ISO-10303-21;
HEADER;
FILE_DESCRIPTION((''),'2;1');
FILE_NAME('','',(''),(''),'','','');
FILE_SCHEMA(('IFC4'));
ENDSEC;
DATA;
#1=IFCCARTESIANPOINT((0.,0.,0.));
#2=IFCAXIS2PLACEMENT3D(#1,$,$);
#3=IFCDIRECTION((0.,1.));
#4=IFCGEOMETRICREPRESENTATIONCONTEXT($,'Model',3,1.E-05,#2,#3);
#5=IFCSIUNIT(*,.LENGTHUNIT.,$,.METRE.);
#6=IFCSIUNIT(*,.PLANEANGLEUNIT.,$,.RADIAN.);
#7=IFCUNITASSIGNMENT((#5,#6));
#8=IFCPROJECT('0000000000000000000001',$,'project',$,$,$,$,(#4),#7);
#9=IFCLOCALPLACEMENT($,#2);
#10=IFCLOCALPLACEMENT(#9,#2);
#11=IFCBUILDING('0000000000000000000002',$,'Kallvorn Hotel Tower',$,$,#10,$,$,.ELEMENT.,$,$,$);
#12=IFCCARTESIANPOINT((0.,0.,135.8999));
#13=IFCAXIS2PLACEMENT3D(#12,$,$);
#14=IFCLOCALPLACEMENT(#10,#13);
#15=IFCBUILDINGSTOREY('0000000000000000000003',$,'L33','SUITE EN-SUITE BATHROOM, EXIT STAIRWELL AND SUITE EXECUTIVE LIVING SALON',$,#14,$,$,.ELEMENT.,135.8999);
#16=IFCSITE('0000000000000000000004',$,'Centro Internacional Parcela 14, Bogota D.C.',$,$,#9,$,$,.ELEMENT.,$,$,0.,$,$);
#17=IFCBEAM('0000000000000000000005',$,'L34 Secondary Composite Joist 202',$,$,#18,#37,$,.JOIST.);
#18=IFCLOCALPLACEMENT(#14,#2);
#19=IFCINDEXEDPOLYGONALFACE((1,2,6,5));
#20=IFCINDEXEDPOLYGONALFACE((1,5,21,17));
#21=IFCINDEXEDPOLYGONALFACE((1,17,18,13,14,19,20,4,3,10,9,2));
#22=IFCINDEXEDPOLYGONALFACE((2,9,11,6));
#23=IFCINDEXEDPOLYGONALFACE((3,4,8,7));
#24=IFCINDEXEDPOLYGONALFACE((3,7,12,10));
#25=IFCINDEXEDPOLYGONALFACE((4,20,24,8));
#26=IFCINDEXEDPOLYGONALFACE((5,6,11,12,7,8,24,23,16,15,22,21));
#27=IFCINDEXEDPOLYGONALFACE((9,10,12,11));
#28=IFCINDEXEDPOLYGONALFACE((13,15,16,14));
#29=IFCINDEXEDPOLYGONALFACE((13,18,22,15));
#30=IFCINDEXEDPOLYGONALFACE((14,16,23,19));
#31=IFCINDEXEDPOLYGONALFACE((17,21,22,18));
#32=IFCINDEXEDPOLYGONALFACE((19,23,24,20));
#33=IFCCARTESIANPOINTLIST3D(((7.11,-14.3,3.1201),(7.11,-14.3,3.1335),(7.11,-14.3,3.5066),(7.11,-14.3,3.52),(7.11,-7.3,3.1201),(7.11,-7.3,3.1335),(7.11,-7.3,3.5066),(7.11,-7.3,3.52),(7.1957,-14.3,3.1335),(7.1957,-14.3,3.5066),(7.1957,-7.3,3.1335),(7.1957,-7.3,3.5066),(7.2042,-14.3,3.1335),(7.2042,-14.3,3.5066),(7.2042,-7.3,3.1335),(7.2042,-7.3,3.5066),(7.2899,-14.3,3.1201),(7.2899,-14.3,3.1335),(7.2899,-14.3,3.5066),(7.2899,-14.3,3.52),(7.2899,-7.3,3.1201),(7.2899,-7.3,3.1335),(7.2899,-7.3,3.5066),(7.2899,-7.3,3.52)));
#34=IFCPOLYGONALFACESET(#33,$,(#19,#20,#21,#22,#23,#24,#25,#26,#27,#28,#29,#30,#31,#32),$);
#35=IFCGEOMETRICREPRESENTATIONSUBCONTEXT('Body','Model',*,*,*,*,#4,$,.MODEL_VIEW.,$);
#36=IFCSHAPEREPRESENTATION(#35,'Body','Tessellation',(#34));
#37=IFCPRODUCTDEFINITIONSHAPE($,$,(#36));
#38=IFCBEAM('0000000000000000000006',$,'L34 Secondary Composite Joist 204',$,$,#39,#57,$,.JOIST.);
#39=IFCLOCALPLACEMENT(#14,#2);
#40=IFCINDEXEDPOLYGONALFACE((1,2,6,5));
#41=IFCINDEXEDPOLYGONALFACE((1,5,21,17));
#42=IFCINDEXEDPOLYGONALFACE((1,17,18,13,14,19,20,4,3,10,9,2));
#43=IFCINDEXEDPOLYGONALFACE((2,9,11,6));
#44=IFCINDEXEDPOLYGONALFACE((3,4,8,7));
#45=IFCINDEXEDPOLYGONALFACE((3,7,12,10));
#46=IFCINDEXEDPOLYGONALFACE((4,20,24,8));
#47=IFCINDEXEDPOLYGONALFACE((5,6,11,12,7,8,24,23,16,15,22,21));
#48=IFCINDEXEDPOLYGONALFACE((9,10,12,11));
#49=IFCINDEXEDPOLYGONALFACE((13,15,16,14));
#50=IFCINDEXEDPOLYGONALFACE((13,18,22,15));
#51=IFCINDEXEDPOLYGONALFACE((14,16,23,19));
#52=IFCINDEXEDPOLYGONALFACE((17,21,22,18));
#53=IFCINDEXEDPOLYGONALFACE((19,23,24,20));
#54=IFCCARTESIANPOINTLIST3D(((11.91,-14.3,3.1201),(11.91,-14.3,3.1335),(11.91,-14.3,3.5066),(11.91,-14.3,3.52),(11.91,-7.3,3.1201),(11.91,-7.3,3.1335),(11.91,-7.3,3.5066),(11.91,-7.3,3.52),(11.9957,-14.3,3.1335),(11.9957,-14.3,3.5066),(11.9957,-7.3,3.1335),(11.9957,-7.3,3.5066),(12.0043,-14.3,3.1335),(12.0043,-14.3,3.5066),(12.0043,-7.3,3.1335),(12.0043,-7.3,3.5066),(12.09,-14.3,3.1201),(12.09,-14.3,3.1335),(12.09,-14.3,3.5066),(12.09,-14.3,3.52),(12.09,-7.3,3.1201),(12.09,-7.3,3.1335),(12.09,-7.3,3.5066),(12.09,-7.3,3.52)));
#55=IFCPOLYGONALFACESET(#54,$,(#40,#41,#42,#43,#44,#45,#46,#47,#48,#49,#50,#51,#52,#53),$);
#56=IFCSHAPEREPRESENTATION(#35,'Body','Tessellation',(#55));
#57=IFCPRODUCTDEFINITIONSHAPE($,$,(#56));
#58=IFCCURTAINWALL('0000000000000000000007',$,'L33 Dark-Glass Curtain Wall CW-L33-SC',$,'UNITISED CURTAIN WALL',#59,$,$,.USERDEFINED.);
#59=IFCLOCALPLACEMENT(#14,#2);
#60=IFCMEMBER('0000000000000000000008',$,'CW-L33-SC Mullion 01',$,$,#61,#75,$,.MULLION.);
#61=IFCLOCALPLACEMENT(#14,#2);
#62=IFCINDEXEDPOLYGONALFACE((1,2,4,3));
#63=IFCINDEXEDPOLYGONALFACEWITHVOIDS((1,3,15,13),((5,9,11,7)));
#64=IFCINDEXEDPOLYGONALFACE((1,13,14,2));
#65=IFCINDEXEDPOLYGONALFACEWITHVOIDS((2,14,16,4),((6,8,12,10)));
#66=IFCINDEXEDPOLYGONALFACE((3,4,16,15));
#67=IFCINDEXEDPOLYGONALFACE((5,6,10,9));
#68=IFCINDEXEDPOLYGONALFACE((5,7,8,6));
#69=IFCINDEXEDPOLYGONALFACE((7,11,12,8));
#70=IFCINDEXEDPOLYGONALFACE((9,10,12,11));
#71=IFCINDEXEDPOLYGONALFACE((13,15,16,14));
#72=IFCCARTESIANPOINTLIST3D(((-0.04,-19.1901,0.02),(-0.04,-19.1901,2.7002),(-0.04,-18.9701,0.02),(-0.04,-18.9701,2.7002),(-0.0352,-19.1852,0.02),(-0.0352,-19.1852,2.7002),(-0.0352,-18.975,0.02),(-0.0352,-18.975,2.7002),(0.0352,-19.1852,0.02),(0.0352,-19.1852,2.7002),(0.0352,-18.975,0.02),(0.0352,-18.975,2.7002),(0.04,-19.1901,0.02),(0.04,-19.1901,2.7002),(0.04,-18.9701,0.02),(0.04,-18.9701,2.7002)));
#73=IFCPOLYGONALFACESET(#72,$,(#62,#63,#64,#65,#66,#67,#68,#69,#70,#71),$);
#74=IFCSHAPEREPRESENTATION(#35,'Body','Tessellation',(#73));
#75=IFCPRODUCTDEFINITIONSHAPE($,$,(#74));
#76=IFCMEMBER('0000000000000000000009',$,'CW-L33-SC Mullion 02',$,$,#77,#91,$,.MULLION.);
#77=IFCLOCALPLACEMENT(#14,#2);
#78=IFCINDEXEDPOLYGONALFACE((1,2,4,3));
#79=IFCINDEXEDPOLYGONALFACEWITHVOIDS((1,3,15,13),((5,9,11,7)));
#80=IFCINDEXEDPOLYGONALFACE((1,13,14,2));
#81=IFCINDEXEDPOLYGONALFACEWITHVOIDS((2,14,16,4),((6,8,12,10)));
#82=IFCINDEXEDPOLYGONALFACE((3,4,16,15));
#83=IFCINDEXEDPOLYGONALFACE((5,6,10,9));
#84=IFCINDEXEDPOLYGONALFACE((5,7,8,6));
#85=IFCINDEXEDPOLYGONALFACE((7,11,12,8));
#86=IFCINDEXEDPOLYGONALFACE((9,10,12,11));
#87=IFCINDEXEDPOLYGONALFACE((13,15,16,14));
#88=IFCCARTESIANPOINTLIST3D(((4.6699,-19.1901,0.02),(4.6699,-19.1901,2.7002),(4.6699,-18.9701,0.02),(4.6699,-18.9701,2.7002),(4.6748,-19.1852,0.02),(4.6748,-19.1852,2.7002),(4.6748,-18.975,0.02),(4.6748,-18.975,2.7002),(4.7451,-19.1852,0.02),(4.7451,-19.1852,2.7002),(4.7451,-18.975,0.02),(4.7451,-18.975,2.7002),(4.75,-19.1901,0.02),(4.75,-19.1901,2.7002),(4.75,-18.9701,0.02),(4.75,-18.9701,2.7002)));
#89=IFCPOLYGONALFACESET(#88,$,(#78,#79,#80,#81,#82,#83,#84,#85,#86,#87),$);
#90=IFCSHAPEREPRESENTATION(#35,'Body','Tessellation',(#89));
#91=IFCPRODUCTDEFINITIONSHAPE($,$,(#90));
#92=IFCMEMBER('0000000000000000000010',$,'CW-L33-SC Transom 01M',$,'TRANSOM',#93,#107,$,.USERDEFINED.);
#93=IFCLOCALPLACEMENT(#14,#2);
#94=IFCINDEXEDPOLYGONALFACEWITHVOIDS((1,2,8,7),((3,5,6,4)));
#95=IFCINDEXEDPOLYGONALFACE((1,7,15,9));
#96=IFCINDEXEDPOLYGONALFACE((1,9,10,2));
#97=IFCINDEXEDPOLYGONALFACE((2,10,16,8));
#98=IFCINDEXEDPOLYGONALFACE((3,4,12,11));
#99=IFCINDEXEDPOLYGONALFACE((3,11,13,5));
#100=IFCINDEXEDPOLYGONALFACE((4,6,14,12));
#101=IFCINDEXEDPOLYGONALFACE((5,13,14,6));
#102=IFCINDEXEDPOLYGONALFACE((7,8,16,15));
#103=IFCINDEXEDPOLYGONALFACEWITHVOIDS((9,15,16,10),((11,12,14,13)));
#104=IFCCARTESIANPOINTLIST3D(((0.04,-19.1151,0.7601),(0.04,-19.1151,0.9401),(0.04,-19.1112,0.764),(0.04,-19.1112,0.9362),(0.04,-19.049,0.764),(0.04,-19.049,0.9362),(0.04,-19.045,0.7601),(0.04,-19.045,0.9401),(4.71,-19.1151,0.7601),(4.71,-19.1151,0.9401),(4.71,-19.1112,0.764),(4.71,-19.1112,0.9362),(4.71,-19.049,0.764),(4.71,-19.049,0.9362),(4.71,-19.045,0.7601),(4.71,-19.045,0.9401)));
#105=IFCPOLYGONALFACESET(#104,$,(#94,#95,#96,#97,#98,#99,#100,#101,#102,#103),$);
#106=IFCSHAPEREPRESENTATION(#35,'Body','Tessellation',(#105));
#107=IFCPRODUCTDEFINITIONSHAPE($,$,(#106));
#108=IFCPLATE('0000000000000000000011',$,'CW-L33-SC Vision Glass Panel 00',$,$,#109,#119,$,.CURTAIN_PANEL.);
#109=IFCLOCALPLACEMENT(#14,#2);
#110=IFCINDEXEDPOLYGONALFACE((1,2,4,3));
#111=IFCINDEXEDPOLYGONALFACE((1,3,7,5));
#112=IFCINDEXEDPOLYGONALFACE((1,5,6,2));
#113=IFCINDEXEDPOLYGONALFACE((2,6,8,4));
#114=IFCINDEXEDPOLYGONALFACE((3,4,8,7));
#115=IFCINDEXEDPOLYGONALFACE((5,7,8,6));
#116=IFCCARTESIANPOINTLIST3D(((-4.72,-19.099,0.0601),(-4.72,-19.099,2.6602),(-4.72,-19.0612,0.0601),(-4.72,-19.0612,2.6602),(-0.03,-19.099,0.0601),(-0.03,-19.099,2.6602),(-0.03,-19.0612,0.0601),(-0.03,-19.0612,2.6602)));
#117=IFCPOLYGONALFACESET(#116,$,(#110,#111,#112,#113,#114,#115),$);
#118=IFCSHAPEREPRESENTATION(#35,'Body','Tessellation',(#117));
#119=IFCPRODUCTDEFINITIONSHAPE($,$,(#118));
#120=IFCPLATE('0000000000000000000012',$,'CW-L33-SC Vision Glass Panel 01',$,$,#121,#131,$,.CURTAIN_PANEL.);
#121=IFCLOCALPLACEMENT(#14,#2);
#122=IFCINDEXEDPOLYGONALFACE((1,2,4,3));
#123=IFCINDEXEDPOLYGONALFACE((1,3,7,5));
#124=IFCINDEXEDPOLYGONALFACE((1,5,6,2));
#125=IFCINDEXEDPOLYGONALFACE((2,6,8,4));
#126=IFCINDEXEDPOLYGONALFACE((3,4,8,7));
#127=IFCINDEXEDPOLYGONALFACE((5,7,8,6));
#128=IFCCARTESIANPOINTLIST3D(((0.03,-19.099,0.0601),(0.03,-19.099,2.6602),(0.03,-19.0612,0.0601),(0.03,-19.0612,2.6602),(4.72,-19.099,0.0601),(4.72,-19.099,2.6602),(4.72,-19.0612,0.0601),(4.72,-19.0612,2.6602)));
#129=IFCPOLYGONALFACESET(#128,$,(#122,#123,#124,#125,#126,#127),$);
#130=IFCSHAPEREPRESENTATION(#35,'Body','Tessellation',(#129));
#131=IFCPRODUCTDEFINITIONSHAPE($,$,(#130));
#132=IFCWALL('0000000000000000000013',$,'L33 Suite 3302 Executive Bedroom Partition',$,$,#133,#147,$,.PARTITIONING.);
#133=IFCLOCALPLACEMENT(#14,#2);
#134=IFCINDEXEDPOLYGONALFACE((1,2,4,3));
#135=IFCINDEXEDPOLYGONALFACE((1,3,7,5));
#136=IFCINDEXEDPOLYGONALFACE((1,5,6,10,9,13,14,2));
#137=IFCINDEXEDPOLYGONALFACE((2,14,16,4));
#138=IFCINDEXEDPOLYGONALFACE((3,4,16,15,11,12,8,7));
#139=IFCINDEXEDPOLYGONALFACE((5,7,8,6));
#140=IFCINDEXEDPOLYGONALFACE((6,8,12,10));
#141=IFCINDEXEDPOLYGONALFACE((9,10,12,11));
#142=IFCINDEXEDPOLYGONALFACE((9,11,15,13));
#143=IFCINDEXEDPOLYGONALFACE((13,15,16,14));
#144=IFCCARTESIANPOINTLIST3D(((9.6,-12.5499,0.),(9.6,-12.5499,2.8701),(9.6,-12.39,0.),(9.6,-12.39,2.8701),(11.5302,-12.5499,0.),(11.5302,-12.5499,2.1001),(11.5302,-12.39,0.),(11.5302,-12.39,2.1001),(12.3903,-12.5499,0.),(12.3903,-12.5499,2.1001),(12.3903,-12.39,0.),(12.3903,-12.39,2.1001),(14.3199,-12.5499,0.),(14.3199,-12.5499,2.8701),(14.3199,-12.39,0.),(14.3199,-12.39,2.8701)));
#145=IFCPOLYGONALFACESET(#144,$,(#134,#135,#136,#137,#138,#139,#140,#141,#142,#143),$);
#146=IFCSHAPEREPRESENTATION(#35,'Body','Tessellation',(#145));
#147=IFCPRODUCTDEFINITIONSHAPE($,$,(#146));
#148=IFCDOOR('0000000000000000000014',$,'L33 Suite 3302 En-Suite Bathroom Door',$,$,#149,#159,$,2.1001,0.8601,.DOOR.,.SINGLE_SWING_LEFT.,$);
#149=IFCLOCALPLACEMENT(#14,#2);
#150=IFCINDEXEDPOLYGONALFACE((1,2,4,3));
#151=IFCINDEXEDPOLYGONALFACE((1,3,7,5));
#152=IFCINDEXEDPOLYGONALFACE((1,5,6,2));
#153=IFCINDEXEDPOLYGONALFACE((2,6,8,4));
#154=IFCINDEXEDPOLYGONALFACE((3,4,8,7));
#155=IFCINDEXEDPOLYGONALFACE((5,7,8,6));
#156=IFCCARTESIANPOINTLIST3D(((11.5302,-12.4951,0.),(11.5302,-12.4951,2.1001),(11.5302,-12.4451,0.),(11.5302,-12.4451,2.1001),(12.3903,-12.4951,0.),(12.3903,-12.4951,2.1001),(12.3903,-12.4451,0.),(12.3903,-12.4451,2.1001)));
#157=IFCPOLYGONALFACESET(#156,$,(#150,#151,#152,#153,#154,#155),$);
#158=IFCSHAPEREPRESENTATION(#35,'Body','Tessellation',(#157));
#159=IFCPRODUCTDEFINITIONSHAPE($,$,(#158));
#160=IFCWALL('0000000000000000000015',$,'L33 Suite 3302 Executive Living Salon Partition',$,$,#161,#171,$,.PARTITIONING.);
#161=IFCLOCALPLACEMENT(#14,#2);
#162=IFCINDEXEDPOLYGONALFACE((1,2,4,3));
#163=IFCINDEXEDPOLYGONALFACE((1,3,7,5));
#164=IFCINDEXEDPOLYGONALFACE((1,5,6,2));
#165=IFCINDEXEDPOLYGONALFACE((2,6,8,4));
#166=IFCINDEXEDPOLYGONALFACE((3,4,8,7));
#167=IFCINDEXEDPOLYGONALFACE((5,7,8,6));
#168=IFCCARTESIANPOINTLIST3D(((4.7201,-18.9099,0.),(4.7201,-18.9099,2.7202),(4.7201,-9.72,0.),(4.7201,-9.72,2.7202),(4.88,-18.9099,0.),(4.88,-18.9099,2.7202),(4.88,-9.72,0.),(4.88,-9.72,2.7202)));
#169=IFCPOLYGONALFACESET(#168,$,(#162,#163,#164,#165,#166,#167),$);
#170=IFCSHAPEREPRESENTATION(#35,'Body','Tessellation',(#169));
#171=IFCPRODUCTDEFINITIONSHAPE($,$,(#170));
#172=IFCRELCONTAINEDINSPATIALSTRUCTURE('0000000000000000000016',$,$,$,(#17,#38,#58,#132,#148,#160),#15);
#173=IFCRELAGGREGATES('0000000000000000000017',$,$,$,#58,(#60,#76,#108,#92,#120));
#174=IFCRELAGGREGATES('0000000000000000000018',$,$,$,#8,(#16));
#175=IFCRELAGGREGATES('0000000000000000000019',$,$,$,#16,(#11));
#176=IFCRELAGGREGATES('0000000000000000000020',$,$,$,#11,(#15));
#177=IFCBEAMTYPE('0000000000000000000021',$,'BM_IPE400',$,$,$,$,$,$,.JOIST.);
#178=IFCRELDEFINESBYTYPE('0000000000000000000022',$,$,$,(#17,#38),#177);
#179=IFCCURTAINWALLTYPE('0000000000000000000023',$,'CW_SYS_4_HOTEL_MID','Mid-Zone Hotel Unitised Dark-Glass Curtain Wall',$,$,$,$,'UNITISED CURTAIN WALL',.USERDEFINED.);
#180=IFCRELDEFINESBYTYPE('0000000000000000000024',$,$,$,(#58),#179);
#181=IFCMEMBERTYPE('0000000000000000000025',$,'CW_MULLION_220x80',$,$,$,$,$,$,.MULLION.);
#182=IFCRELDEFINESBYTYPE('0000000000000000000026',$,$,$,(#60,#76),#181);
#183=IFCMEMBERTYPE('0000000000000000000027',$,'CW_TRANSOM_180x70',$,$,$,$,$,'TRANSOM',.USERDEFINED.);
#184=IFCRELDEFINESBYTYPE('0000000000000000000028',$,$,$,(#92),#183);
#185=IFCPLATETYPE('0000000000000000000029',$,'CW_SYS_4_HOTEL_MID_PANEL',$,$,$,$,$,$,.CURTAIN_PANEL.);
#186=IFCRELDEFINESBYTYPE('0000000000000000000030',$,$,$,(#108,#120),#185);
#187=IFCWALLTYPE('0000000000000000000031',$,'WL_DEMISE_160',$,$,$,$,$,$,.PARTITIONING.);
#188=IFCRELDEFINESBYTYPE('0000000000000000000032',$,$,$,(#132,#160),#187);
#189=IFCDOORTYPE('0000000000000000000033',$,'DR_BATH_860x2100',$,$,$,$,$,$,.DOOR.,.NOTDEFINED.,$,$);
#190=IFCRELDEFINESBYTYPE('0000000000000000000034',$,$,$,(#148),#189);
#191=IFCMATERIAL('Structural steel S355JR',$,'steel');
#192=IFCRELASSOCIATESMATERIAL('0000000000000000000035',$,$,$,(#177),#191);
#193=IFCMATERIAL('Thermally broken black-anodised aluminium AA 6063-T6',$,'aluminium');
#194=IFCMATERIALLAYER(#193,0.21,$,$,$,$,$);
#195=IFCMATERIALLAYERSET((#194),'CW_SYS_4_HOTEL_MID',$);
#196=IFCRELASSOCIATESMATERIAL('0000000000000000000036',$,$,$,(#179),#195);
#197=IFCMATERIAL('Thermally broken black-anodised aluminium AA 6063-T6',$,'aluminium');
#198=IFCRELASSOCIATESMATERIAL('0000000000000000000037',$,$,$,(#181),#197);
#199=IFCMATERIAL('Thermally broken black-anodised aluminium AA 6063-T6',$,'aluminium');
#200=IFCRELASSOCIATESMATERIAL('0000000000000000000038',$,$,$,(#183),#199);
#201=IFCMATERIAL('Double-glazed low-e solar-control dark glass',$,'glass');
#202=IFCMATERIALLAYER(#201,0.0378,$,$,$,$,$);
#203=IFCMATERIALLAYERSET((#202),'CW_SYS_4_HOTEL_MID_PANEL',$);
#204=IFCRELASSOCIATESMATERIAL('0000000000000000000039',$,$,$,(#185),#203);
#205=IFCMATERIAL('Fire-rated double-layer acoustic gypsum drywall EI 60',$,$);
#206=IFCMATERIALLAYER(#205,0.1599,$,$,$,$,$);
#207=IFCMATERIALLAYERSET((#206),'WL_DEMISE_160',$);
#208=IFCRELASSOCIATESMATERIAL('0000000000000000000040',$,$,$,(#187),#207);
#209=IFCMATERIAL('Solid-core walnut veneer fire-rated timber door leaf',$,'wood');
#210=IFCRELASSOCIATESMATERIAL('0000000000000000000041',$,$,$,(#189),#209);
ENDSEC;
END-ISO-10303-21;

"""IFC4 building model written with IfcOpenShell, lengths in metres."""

from ifc_helpers import new_model, si_unit, direction, frame, frame_2d, origin, origin_2d, place, context, subcontext, project, spatial, rectangle, hollow_rectangle, i_section, extrude, material, layer, layer_set, material_profile, profile_set, type_object, element, fill, aggregate, save


model = new_model("IFC4")

# Units and contexts
model_context = context("Model", 3, precision=1e-05, world=origin(), true_north=direction((0.0, 1.0)))
body_context = subcontext(model_context, "Body", "Model", "MODEL_VIEW")
ifc_project = project(units=[si_unit("LENGTHUNIT", "METRE"), si_unit("PLANEANGLEUNIT", "RADIAN")], contexts=[model_context])

# Site, building, storey
site_placement = place(None, origin())
site = spatial("IfcSite", under=ifc_project, at=site_placement, Name="Centro Internacional Parcela 14, Bogota D.C.", CompositionType="ELEMENT", RefElevation=0.0)
building_placement = place(site_placement, origin())
building = spatial("IfcBuilding", under=site, at=building_placement, Name="Kallvorn Hotel Tower", CompositionType="ELEMENT")
storey_placement = place(building_placement, frame((0.0, 0.0, 135.8999)))
storey = spatial("IfcBuildingStorey", under=building, at=storey_placement, Name="L33", Description="SUITE EN-SUITE BATHROOM, EXIT STAIRWELL AND SUITE EXECUTIVE LIVING SALON", CompositionType="ELEMENT", Elevation=135.8999)

# Beams
ifc_material_1 = material(Name="Structural steel S355JR", Category="steel")
ifc_material_profile_1 = material_profile(ifc_material_1, i_section(OverallWidth=0.1799, OverallDepth=0.3999, WebThickness=0.0085, FlangeThickness=0.0134, at=origin_2d()), Name="IPE 400")
ifc_profile_set_1 = profile_set([ifc_material_profile_1], Name="Structural steel S355JR")
beam_type_1 = type_object("IfcBeamType", Name="BM_IPE400", PredefinedType="JOIST", material=ifc_profile_set_1)
for number, where, z_axis, x_axis, name in (
    (1, (7.2, -14.3, 3.3201), (0.0, 1.0, 0.0), (-1.0, 0.0, 0.0), "L34 Secondary Composite Joist 202"),
    (2, (12.0, -14.3, 3.3201), (0.0, 1.0, 0.0), (-1.0, 0.0, 0.0), "L34 Secondary Composite Joist 204"),
):
    element("IfcBeam", number, at=place(storey_placement, frame(where, z_axis=z_axis, x_axis=x_axis)), inside=storey, type_object=beam_type_1, Name=name, PredefinedType="JOIST", context=body_context, shape_type="SweptSolid", body=[
        extrude(i_section(OverallWidth=0.1799, OverallDepth=0.3999, WebThickness=0.0085, FlangeThickness=0.0134, at=origin_2d()), origin(), (0.0, 0.0, 1.0), 7.0),
    ])

# Curtain wall, members, plates
ifc_material_2 = material(Name="Thermally broken black-anodised aluminium AA 6063-T6", Category="aluminium")
ifc_layer_1 = layer(ifc_material_2, 0.21)
ifc_layer_set_1 = layer_set([ifc_layer_1], Name="CW_SYS_4_HOTEL_MID")
curtain_wall_type = type_object("IfcCurtainWallType", Name="CW_SYS_4_HOTEL_MID", Description="Mid-Zone Hotel Unitised Dark-Glass Curtain Wall", ElementType="UNITISED CURTAIN WALL", PredefinedType="USERDEFINED", material=ifc_layer_set_1)
curtain_wall_placement = place(storey_placement, origin())
curtain_wall = element("IfcCurtainWall", 3, at=curtain_wall_placement, inside=storey, type_object=curtain_wall_type, Name="L33 Dark-Glass Curtain Wall CW-L33-SC", ObjectType="UNITISED CURTAIN WALL", PredefinedType="USERDEFINED")
ifc_material_3 = material(Name="Thermally broken black-anodised aluminium AA 6063-T6", Category="aluminium")
ifc_material_profile_2 = material_profile(ifc_material_3, hollow_rectangle(XDim=0.0801, YDim=0.22, WallThickness=0.0049, at=origin_2d()), Name="MUL 220x80")
ifc_profile_set_2 = profile_set([ifc_material_profile_2], Name="Thermally broken black-anodised aluminium AA 6063-T6")
member_type_1 = type_object("IfcMemberType", Name="CW_MULLION_220x80", PredefinedType="MULLION", material=ifc_profile_set_2)
member_1_placement = place(storey_placement, frame((0.0, -19.0801, 0.02), z_axis=(0.0, 0.0, 1.0), x_axis=(1.0, 0.0, 0.0)))
member_1 = element("IfcMember", 4, at=member_1_placement, type_object=member_type_1, Name="CW-L33-SC Mullion 01", PredefinedType="MULLION", context=body_context, shape_type="SweptSolid", body=[
    extrude(hollow_rectangle(XDim=0.0801, YDim=0.22, WallThickness=0.0049, at=origin_2d()), origin(), (0.0, 0.0, 1.0), 2.6802),
])
member_2_placement = place(storey_placement, frame((4.71, -19.0801, 0.02), z_axis=(0.0, 0.0, 1.0), x_axis=(1.0, 0.0, 0.0)))
member_2 = element("IfcMember", 5, at=member_2_placement, type_object=member_type_1, Name="CW-L33-SC Mullion 02", PredefinedType="MULLION", context=body_context, shape_type="SweptSolid", body=[
    extrude(hollow_rectangle(XDim=0.0801, YDim=0.22, WallThickness=0.0049, at=origin_2d()), origin(), (0.0, 0.0, 1.0), 2.6802),
])
ifc_material_4 = material(Name="Thermally broken black-anodised aluminium AA 6063-T6", Category="aluminium")
ifc_material_profile_3 = material_profile(ifc_material_4, hollow_rectangle(XDim=0.0701, YDim=0.1799, WallThickness=0.0039, at=origin_2d()), Name="TRN 180x70")
ifc_profile_set_3 = profile_set([ifc_material_profile_3], Name="Thermally broken black-anodised aluminium AA 6063-T6")
member_type_2 = type_object("IfcMemberType", Name="CW_TRANSOM_180x70", ElementType="TRANSOM", PredefinedType="USERDEFINED", material=ifc_profile_set_3)
member_3_placement = place(storey_placement, frame((0.04, -19.0801, 0.8501), z_axis=(1.0, 0.0, 0.0), x_axis=(0.0, 1.0, 0.0)))
member_3 = element("IfcMember", 6, at=member_3_placement, type_object=member_type_2, Name="CW-L33-SC Transom 01M", ObjectType="TRANSOM", PredefinedType="USERDEFINED", context=body_context, shape_type="SweptSolid", body=[
    extrude(hollow_rectangle(XDim=0.0701, YDim=0.1799, WallThickness=0.0039, at=origin_2d()), origin(), (0.0, 0.0, 1.0), 4.6699),
])
ifc_material_5 = material(Name="Double-glazed low-e solar-control dark glass", Category="glass")
ifc_layer_2 = layer(ifc_material_5, 0.0378)
ifc_layer_set_2 = layer_set([ifc_layer_2], Name="CW_SYS_4_HOTEL_MID_PANEL")
plate_type = type_object("IfcPlateType", Name="CW_SYS_4_HOTEL_MID_PANEL", PredefinedType="CURTAIN_PANEL", material=ifc_layer_set_2)
plate_1_placement = place(storey_placement, frame((-2.375, -19.0801, 0.0601), z_axis=(0.0, 0.0, 1.0), x_axis=(1.0, 0.0, 0.0)))
plate_1 = element("IfcPlate", 7, at=plate_1_placement, type_object=plate_type, Name="CW-L33-SC Vision Glass Panel 00", PredefinedType="CURTAIN_PANEL", context=body_context, shape_type="SweptSolid", body=[
    extrude(rectangle(XDim=4.6899, YDim=0.0378, at=origin_2d()), origin(), (0.0, 0.0, 1.0), 2.6001),
])
plate_2_placement = place(storey_placement, frame((2.375, -19.0801, 0.0601), z_axis=(0.0, 0.0, 1.0), x_axis=(1.0, 0.0, 0.0)))
plate_2 = element("IfcPlate", 8, at=plate_2_placement, type_object=plate_type, Name="CW-L33-SC Vision Glass Panel 01", PredefinedType="CURTAIN_PANEL", context=body_context, shape_type="SweptSolid", body=[
    extrude(rectangle(XDim=4.6899, YDim=0.0378, at=origin_2d()), origin(), (0.0, 0.0, 1.0), 2.6001),
])
aggregate(curtain_wall, [member_1, member_2, plate_1, member_3, plate_2])

# Wall, opening, door
ifc_material_6 = material(Name="Fire-rated double-layer acoustic gypsum drywall EI 60")
ifc_layer_3 = layer(ifc_material_6, 0.1599)
ifc_layer_set_3 = layer_set([ifc_layer_3], Name="WL_DEMISE_160")
wall_type_1 = type_object("IfcWallType", Name="WL_DEMISE_160", PredefinedType="PARTITIONING", material=ifc_layer_set_3)
wall_1_placement = place(storey_placement, frame((9.6001, -12.47, 0.0), z_axis=(0.0, 0.0, 1.0), x_axis=(1.0, 0.0, 0.0)))
wall_1 = element("IfcWall", 9, at=wall_1_placement, inside=storey, type_object=wall_type_1, Name="L33 Suite 3302 Executive Bedroom Partition", PredefinedType="PARTITIONING", context=body_context, shape_type="SweptSolid", body=[
    extrude(rectangle(XDim=4.72, YDim=0.1599, at=frame_2d((2.3599, 0.0))), origin(), (0.0, 0.0, 1.0), 2.8701),
])
opening_1_placement = place(wall_1_placement, frame((1.9299, 0.0, 0.0)))
opening_1 = element("IfcOpeningElement", 10, at=opening_1_placement, cuts=wall_1, PredefinedType="OPENING", context=body_context, shape_type="SweptSolid", body=[
    extrude(rectangle(XDim=0.8601, YDim=2.1001, at=frame_2d((0.4302, 1.05))), frame((0.0, 0.095, 0.0), z_axis=(0.0, -1.0, 0.0), x_axis=(1.0, 0.0, 0.0)), (0.0, 0.0, 1.0), 0.1899),
])
ifc_material_7 = material(Name="Solid-core walnut veneer fire-rated timber door leaf", Category="wood")
door_type_1 = type_object("IfcDoorType", Name="DR_BATH_860x2100", OperationType="NOTDEFINED", PredefinedType="DOOR", material=ifc_material_7)
door_1_placement = place(opening_1_placement, origin())
door_1 = element("IfcDoor", 11, at=door_1_placement, inside=storey, type_object=door_type_1, Name="L33 Suite 3302 En-Suite Bathroom Door", OperationType="SINGLE_SWING_LEFT", OverallHeight=2.1001, OverallWidth=0.8601, PredefinedType="DOOR", context=body_context, shape_type="SweptSolid", body=[
    extrude(rectangle(XDim=0.8601, YDim=2.1001, at=frame_2d((0.4302, 1.05))), frame((0.0, 0.0249, 0.0), z_axis=(0.0, -1.0, 0.0), x_axis=(1.0, 0.0, 0.0)), (0.0, 0.0, 1.0), 0.05),
])
fill(opening_1, door_1)

# Wall
wall_2_placement = place(storey_placement, frame((4.8, -18.9099, 0.0), z_axis=(0.0, 0.0, 1.0), x_axis=(0.0, 1.0, 0.0)))
element("IfcWall", 12, at=wall_2_placement, inside=storey, type_object=wall_type_1, Name="L33 Suite 3302 Executive Living Salon Partition", PredefinedType="PARTITIONING", context=body_context, shape_type="SweptSolid", body=[
    extrude(rectangle(XDim=9.1899, YDim=0.1599, at=frame_2d((4.595, 0.0))), origin(), (0.0, 0.0, 1.0), 2.7202),
])

save(model, "model.ifc")
